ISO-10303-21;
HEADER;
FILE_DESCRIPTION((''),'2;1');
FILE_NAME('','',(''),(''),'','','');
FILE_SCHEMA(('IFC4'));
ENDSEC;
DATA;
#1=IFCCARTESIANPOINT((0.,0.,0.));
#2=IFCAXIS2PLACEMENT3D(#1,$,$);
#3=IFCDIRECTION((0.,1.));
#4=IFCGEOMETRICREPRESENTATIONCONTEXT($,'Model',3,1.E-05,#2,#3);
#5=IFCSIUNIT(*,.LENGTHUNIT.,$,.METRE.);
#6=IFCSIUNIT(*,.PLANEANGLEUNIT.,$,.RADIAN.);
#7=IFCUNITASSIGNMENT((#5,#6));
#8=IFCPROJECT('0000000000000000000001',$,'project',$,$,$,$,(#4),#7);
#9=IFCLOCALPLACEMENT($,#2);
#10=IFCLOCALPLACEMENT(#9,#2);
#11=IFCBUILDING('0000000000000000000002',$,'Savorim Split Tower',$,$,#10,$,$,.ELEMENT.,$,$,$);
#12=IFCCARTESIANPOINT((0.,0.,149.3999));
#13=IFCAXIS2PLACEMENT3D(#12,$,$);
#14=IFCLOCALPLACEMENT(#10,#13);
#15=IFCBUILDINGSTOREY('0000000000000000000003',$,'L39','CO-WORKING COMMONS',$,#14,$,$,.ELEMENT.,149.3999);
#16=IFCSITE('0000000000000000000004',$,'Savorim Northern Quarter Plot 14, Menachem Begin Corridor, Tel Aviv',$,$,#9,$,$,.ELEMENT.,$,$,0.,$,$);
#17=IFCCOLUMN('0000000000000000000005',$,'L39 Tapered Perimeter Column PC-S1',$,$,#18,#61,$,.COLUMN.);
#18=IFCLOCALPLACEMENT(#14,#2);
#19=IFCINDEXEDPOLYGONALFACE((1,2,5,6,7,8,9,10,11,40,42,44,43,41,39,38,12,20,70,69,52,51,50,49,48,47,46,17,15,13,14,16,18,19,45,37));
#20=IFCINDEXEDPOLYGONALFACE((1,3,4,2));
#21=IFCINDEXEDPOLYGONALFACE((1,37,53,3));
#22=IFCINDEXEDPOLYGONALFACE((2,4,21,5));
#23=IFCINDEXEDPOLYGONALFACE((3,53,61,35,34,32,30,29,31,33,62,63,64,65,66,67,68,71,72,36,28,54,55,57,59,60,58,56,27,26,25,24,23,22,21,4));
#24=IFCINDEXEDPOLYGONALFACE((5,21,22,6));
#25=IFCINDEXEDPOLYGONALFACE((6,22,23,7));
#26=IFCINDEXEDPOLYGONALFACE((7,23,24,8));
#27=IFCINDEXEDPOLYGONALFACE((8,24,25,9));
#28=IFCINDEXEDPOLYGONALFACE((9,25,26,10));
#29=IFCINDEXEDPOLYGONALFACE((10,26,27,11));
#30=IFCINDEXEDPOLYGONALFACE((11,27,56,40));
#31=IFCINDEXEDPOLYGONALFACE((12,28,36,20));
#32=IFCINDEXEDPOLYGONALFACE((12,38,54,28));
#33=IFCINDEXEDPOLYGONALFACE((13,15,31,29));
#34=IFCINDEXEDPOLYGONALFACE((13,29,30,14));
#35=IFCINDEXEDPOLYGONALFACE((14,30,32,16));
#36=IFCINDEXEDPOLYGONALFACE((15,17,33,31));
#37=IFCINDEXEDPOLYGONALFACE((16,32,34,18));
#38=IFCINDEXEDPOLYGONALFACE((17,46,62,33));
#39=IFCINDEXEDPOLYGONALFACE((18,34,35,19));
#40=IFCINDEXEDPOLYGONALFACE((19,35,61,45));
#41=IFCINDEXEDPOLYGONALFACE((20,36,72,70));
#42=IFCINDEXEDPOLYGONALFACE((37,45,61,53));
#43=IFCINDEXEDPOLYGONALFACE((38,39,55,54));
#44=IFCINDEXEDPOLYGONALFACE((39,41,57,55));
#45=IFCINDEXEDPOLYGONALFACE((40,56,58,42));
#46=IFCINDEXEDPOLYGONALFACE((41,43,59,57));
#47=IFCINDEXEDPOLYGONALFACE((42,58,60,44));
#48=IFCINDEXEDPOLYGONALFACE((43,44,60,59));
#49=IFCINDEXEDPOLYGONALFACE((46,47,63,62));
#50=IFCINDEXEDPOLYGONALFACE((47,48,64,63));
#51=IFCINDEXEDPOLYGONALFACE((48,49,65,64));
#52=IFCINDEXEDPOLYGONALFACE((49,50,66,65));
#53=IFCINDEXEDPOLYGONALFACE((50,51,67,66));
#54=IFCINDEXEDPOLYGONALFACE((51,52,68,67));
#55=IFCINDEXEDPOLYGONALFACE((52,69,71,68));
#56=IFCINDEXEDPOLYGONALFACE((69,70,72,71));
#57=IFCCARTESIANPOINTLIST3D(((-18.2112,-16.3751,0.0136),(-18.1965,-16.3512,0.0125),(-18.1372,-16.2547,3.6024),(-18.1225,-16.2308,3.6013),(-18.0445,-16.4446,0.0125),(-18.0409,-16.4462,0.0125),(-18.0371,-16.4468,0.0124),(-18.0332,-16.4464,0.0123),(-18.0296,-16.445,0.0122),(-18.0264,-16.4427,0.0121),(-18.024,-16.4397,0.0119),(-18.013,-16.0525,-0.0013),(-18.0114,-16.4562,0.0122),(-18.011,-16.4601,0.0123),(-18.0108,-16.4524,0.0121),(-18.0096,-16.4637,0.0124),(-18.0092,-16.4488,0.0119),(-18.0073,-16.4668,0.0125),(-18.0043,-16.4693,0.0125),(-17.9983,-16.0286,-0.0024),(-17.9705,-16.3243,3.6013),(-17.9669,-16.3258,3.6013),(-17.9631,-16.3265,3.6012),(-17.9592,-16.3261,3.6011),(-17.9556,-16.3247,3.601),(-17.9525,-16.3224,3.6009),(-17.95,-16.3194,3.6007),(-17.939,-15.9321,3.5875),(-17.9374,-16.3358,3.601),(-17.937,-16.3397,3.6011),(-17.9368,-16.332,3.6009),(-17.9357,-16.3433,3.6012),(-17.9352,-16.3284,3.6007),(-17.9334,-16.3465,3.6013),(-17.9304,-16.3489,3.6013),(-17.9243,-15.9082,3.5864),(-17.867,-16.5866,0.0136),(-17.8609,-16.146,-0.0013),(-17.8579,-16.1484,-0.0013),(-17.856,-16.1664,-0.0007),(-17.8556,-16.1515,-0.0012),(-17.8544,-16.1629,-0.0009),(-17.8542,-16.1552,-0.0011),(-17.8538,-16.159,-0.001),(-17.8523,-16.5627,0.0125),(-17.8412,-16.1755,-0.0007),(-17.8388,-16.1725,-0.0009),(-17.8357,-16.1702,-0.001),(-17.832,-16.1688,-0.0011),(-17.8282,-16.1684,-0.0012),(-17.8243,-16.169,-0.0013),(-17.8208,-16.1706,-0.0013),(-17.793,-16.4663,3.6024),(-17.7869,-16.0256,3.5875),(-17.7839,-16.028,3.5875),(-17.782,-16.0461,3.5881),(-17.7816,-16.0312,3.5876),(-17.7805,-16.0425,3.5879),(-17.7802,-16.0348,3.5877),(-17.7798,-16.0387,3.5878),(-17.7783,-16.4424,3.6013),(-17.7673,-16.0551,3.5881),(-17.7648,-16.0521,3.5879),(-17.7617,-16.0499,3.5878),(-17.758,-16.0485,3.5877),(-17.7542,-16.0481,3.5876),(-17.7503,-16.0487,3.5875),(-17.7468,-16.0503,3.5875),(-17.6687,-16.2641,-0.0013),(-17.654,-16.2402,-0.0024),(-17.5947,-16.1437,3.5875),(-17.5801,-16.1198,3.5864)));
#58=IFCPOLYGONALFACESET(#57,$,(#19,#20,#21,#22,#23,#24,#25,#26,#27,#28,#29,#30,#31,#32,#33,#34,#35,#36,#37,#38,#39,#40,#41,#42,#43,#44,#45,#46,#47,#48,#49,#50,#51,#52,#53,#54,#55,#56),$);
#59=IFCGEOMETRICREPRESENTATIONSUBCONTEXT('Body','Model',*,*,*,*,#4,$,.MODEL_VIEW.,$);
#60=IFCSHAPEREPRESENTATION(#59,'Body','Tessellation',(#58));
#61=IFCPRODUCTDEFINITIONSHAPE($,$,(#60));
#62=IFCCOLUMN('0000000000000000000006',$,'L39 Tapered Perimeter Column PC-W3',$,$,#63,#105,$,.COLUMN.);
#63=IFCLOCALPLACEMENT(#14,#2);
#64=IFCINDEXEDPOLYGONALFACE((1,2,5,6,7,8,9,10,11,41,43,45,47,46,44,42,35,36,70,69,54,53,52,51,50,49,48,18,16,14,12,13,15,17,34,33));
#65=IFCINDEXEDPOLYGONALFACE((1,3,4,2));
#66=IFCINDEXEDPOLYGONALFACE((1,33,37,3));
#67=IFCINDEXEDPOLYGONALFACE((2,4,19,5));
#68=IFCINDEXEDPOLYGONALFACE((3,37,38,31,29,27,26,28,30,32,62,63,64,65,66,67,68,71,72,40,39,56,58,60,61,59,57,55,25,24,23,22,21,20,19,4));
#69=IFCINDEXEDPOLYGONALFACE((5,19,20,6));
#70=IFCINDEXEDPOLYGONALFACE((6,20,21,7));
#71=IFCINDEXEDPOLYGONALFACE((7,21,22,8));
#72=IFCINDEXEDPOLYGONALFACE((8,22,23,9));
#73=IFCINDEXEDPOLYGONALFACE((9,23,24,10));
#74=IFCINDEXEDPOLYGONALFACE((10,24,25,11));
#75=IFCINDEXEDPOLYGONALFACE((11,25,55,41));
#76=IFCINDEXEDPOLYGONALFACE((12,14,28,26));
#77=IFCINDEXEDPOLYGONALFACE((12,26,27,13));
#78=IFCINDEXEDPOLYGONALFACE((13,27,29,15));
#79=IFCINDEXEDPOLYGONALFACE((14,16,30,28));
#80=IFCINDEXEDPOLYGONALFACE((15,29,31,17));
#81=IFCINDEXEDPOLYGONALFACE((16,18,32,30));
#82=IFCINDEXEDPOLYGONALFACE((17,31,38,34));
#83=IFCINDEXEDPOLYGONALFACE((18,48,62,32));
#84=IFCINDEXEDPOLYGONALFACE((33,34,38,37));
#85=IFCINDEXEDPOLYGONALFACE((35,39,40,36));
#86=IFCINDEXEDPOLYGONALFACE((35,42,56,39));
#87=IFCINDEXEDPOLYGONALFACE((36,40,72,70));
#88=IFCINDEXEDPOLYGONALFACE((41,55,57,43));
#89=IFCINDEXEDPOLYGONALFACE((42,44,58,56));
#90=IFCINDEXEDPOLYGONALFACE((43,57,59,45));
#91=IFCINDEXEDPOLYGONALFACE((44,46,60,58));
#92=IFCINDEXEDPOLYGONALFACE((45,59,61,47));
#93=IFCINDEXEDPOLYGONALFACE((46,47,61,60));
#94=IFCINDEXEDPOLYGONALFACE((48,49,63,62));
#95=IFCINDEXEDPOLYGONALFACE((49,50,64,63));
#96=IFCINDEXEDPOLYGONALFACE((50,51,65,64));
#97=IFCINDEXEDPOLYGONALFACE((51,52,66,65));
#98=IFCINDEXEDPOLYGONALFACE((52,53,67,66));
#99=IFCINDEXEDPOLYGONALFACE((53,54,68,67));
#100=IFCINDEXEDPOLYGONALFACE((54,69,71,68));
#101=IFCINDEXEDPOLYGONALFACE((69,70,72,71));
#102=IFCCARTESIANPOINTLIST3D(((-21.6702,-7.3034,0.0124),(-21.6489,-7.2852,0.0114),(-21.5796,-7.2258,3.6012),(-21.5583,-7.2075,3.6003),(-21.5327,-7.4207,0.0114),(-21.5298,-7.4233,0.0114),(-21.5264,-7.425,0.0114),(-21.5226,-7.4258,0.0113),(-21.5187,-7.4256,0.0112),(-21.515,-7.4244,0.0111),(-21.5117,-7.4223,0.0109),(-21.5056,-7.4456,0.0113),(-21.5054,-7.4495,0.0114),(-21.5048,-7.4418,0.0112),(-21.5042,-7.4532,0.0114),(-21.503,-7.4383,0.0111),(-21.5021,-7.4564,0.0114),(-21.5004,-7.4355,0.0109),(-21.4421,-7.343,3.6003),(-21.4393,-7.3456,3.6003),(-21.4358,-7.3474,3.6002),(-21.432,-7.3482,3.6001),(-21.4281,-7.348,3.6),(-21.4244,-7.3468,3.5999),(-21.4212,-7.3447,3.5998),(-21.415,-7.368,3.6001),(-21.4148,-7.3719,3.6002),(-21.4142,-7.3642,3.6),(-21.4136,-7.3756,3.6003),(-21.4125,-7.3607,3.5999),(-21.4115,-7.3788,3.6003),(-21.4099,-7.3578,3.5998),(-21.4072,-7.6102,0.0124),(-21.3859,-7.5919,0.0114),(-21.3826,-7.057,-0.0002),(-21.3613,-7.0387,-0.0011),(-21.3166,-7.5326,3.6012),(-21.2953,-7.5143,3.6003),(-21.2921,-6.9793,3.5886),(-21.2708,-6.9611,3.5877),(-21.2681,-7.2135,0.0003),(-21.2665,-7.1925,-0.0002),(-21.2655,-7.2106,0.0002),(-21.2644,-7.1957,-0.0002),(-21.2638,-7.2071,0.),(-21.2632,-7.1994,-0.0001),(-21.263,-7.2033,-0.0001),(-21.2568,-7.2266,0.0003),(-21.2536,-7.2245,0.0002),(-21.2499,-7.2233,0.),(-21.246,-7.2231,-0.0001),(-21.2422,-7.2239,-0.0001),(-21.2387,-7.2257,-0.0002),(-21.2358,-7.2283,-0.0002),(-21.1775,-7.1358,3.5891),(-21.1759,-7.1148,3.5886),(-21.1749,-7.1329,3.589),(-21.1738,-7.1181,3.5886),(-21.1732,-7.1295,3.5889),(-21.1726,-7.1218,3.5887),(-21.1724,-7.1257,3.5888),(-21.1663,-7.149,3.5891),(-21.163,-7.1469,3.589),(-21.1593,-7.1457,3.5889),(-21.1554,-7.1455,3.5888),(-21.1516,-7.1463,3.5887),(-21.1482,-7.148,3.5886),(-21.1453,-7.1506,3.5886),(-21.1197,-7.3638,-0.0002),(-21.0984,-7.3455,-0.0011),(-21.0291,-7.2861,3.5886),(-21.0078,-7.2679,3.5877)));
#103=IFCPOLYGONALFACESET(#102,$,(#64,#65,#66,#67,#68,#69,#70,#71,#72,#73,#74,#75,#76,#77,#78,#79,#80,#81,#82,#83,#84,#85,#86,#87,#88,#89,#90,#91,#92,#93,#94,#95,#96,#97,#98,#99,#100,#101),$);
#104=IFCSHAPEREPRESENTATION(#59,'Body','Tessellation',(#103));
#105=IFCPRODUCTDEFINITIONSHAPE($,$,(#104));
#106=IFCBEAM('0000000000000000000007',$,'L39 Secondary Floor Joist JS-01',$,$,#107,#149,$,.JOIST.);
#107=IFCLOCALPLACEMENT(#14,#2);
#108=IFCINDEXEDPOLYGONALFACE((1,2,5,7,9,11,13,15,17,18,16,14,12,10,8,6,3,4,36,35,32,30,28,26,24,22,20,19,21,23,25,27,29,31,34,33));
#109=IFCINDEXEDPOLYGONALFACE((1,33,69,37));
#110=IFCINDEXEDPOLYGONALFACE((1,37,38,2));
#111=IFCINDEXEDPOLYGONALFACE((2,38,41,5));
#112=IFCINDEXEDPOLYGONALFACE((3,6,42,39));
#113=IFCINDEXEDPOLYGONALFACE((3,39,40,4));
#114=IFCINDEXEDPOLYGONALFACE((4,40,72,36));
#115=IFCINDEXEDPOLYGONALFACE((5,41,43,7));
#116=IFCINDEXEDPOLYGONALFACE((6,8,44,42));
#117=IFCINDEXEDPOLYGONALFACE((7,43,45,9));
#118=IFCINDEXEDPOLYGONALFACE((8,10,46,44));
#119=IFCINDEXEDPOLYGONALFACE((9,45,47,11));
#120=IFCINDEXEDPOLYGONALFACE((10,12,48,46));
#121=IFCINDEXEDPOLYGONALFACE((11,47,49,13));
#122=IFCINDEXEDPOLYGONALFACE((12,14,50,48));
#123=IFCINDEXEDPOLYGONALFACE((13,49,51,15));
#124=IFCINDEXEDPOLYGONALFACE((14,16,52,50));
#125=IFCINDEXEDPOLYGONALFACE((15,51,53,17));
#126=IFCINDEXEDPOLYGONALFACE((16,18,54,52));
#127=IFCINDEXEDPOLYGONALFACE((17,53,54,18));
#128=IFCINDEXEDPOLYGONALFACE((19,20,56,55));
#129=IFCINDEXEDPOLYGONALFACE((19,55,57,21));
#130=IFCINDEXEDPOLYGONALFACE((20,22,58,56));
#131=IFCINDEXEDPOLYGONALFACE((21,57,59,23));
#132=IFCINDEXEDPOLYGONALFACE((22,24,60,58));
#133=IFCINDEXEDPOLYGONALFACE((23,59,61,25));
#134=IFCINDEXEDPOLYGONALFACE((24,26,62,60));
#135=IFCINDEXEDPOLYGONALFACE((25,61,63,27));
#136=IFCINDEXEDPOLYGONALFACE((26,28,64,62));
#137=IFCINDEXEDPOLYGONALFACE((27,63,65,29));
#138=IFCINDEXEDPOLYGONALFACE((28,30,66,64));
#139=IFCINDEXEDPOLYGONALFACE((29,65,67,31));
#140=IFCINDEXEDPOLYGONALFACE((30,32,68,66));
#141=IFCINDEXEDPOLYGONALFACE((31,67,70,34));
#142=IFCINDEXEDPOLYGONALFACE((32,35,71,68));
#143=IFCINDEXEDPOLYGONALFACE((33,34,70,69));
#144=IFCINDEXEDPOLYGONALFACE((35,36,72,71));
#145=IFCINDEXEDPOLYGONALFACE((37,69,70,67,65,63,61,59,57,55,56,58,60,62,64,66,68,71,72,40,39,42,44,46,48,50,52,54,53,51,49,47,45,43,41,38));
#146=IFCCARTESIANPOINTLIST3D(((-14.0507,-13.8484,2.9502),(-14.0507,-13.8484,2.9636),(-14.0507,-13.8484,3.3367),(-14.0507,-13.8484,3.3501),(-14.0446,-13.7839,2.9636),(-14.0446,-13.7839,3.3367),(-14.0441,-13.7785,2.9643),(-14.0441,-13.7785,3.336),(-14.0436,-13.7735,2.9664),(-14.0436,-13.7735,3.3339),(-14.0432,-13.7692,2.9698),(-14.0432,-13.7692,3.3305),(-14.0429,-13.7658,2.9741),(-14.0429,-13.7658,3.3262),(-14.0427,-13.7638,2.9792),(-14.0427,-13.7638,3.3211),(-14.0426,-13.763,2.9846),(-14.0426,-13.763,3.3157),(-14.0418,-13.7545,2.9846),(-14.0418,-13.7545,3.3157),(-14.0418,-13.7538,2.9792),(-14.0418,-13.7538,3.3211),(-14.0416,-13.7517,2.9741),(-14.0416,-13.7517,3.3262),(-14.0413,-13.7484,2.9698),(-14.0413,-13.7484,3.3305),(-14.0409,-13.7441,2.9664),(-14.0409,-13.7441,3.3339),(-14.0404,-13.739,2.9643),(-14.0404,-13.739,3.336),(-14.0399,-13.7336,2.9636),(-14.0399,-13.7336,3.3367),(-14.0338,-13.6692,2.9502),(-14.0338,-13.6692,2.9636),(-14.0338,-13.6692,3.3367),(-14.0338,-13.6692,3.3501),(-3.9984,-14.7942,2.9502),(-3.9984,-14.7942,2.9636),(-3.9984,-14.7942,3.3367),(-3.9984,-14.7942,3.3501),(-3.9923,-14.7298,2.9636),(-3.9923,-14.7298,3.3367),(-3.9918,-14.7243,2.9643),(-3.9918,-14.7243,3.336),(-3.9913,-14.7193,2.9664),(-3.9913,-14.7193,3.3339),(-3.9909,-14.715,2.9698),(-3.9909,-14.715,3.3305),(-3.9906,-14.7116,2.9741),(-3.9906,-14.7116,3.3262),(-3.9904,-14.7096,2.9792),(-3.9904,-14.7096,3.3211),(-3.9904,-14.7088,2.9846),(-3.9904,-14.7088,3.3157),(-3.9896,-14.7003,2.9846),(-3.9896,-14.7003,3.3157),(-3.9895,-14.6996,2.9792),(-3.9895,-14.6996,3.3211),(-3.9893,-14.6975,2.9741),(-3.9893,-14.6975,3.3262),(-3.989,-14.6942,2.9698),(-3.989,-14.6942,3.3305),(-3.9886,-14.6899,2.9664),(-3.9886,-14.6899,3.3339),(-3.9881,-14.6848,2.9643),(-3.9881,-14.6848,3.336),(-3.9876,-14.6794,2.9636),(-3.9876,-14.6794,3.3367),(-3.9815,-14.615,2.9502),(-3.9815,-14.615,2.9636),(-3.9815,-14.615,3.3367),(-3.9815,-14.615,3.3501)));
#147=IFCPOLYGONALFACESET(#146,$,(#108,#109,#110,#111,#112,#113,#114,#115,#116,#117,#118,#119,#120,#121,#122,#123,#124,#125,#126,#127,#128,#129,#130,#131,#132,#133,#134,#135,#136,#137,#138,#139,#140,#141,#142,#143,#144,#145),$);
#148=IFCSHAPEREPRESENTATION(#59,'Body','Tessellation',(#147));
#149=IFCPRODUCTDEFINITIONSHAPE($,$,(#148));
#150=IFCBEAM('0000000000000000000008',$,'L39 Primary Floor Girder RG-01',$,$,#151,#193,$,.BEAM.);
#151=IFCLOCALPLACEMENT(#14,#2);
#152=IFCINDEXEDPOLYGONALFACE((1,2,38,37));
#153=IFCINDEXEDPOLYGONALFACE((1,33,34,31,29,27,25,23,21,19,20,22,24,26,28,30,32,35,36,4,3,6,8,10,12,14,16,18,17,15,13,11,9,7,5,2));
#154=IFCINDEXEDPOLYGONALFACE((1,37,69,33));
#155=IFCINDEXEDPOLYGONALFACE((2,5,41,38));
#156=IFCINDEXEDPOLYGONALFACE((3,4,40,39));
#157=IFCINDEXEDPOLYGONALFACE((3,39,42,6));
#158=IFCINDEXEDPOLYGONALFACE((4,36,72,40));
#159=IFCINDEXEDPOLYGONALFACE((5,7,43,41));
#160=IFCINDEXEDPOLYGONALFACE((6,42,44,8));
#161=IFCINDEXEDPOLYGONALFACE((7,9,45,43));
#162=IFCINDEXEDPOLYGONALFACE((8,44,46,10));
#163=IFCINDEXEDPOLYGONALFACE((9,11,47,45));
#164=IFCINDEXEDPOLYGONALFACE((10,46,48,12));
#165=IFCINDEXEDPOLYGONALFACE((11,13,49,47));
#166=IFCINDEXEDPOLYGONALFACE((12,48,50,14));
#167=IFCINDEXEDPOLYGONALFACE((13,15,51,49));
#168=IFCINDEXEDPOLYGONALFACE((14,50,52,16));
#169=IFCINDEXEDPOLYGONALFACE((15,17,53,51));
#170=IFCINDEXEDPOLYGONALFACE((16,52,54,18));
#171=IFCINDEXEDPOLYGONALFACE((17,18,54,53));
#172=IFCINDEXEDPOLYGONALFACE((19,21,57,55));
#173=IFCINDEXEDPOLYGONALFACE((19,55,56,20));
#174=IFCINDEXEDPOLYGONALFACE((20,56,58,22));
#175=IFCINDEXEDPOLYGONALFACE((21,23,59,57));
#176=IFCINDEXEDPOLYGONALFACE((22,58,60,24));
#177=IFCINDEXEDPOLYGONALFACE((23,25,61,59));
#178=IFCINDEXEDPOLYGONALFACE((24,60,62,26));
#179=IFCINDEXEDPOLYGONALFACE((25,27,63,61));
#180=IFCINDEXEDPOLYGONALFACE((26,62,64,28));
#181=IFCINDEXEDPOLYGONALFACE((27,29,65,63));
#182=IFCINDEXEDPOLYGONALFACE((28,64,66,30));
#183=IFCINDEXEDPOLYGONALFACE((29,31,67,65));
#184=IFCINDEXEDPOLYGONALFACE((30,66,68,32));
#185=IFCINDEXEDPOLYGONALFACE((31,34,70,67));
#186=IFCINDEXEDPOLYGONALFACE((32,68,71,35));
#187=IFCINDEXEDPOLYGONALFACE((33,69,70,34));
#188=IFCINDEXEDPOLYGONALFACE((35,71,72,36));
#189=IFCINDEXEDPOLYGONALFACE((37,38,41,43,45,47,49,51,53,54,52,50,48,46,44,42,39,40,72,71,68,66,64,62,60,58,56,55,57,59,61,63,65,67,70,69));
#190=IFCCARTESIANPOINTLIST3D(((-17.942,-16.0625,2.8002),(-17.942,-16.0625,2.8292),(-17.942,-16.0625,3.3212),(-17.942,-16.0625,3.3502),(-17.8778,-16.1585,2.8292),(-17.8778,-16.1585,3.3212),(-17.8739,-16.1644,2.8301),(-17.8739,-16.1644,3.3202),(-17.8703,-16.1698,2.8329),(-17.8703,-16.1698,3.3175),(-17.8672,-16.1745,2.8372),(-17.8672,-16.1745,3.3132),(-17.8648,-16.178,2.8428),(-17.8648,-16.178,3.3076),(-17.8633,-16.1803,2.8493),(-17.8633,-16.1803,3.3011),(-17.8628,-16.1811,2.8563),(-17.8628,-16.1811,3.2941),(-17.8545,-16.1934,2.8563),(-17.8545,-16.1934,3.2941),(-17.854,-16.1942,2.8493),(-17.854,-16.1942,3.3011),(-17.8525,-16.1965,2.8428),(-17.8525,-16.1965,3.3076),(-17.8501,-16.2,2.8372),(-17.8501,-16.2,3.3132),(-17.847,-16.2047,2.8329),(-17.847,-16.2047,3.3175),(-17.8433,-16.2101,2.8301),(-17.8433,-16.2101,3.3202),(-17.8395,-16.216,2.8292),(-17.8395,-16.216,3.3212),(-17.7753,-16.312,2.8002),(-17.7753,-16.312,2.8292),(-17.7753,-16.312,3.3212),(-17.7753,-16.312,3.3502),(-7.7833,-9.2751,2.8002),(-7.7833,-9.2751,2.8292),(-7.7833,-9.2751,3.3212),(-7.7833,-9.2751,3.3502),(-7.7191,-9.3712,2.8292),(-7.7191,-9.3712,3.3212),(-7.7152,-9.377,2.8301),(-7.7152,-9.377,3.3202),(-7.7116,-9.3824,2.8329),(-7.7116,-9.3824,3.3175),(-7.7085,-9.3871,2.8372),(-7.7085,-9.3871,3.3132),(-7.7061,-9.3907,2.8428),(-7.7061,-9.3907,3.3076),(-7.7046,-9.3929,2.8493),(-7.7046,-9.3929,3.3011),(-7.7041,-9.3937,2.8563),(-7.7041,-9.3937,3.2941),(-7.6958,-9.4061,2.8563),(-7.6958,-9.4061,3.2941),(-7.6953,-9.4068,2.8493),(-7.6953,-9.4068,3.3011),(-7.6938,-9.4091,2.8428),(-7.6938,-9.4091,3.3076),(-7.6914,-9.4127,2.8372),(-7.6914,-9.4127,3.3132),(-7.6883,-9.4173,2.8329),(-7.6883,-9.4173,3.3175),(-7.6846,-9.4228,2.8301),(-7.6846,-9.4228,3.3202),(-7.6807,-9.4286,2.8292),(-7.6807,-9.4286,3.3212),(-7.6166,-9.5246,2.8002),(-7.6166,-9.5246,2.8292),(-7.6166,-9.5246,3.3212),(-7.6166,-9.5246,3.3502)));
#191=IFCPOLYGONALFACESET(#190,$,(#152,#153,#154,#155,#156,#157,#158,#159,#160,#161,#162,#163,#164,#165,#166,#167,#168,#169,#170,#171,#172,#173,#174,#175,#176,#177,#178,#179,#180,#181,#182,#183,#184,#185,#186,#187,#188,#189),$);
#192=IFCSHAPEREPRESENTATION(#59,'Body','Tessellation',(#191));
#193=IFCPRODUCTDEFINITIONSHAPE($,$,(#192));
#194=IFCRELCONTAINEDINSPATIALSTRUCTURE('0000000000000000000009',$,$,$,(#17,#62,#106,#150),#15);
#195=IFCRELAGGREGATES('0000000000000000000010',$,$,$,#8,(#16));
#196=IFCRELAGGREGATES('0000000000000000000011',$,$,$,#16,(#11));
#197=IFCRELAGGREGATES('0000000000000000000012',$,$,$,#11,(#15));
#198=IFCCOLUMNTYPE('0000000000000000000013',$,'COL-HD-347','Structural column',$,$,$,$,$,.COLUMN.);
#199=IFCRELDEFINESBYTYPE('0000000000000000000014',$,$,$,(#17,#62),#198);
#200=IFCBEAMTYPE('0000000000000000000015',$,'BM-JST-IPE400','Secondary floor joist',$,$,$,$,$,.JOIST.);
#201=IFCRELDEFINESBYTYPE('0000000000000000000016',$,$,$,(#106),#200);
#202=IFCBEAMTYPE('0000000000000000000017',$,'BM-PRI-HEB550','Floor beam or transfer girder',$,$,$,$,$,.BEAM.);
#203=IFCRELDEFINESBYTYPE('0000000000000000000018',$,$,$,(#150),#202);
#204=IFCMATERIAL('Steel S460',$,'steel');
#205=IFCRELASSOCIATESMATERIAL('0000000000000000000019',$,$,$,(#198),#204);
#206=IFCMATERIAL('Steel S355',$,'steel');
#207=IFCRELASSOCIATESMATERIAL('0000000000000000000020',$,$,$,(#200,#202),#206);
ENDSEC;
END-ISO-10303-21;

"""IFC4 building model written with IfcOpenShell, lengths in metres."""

from ifc_helpers import new_model, si_unit, direction, frame, origin, origin_2d, place, context, subcontext, project, spatial, i_section, extrude, material, material_profile, profile_set, type_object, element, save


model = new_model("IFC4")

# Units and contexts
model_context = context("Model", 3, precision=1e-05, world=origin(), true_north=direction((0.0, 1.0)))
body_context = subcontext(model_context, "Body", "Model", "MODEL_VIEW")
ifc_project = project(units=[si_unit("LENGTHUNIT", "METRE"), si_unit("PLANEANGLEUNIT", "RADIAN")], contexts=[model_context])

# Site, building, storey
site_placement = place(None, origin())
site = spatial("IfcSite", under=ifc_project, at=site_placement, Name="Savorim Northern Quarter Plot 14, Menachem Begin Corridor, Tel Aviv", CompositionType="ELEMENT", RefElevation=0.0)
building_placement = place(site_placement, origin())
building = spatial("IfcBuilding", under=site, at=building_placement, Name="Savorim Split Tower", CompositionType="ELEMENT")
storey_placement = place(building_placement, frame((0.0, 0.0, 149.3999)))
storey = spatial("IfcBuildingStorey", under=building, at=storey_placement, Name="L39", Description="CO-WORKING COMMONS", CompositionType="ELEMENT", Elevation=149.3999)

# Columns
ifc_material_1 = material(Name="Steel S460", Category="steel")
ifc_material_profile_1 = material_profile(ifc_material_1, i_section(OverallWidth=0.4041, OverallDepth=0.407, WebThickness=0.0173, FlangeThickness=0.0281, FilletRadius=0.0149, at=origin_2d()), Name="HD 400x347")
ifc_profile_set_1 = profile_set([ifc_material_profile_1], Name="Steel S460")
column_type = type_object("IfcColumnType", Name="COL-HD-347", Description="Structural column", PredefinedType="COLUMN", material=ifc_profile_set_1)
column_1_placement = place(storey_placement, frame((-17.9326, -16.3076, 0.0056), z_axis=(0.020596, 0.033511, 0.999226), x_axis=(-0.851955, 0.523615, 0.0)))
element("IfcColumn", 1, at=column_1_placement, inside=storey, type_object=column_type, Name="L39 Tapered Perimeter Column PC-S1", PredefinedType="COLUMN", context=body_context, shape_type="SweptSolid", body=[
    extrude(i_section(OverallWidth=0.4041, OverallDepth=0.407, WebThickness=0.0173, FlangeThickness=0.0281, FilletRadius=0.0149, at=origin_2d()), origin(), (0.0, 0.0, 1.0), 3.5916),
])
column_2_placement = place(storey_placement, frame((-21.3843, -7.3245, 0.0056), z_axis=(0.025224, 0.021621, 0.999448), x_axis=(-0.650791, 0.759257, 0.0)))
element("IfcColumn", 2, at=column_2_placement, inside=storey, type_object=column_type, Name="L39 Tapered Perimeter Column PC-W3", PredefinedType="COLUMN", context=body_context, shape_type="SweptSolid", body=[
    extrude(i_section(OverallWidth=0.4041, OverallDepth=0.407, WebThickness=0.0173, FlangeThickness=0.0281, FilletRadius=0.0149, at=origin_2d()), origin(), (0.0, 0.0, 1.0), 3.5908),
])

# Beams
ifc_material_2 = material(Name="Steel S355", Category="steel")
ifc_material_profile_2 = material_profile(ifc_material_2, i_section(OverallWidth=0.1799, OverallDepth=0.3999, WebThickness=0.0085, FlangeThickness=0.0134, FilletRadius=0.021, at=origin_2d()), Name="IPE 400")
ifc_profile_set_2 = profile_set([ifc_material_profile_2], Name="Steel S355")
beam_type_1 = type_object("IfcBeamType", Name="BM-JST-IPE400", Description="Secondary floor joist", PredefinedType="JOIST", material=ifc_profile_set_2)
beam_1_placement = place(storey_placement, frame((-14.0422, -13.7588, 3.1501), z_axis=(0.995603, -0.093675, 0.0), x_axis=(0.093675, 0.995603, 0.0)))
element("IfcBeam", 3, at=beam_1_placement, inside=storey, type_object=beam_type_1, Name="L39 Secondary Floor Joist JS-01", PredefinedType="JOIST", context=body_context, shape_type="SweptSolid", body=[
    extrude(i_section(OverallWidth=0.1799, OverallDepth=0.3999, WebThickness=0.0085, FlangeThickness=0.0134, FilletRadius=0.021, at=origin_2d()), origin(), (0.0, 0.0, 1.0), 10.0967),
])
ifc_material_profile_3 = material_profile(ifc_material_2, i_section(OverallWidth=0.3, OverallDepth=0.55, WebThickness=0.0149, FlangeThickness=0.0291, FilletRadius=0.0271, at=origin_2d()), Name="HEB 550")
ifc_profile_set_3 = profile_set([ifc_material_profile_3], Name="Steel S355")
beam_type_2 = type_object("IfcBeamType", Name="BM-PRI-HEB550", Description="Floor beam or transfer girder", PredefinedType="BEAM", material=ifc_profile_set_3)
beam_2_placement = place(storey_placement, frame((-17.8586, -16.1873, 3.0752), z_axis=(0.831487, 0.555544, 0.0), x_axis=(-0.555544, 0.831487, 0.0)))
element("IfcBeam", 4, at=beam_2_placement, inside=storey, type_object=beam_type_2, Name="L39 Primary Floor Girder RG-01", PredefinedType="BEAM", context=body_context, shape_type="SweptSolid", body=[
    extrude(i_section(OverallWidth=0.3, OverallDepth=0.55, WebThickness=0.0149, FlangeThickness=0.0291, FilletRadius=0.0271, at=origin_2d()), origin(), (0.0, 0.0, 1.0), 12.2175),
])

save(model, "model.ifc")
